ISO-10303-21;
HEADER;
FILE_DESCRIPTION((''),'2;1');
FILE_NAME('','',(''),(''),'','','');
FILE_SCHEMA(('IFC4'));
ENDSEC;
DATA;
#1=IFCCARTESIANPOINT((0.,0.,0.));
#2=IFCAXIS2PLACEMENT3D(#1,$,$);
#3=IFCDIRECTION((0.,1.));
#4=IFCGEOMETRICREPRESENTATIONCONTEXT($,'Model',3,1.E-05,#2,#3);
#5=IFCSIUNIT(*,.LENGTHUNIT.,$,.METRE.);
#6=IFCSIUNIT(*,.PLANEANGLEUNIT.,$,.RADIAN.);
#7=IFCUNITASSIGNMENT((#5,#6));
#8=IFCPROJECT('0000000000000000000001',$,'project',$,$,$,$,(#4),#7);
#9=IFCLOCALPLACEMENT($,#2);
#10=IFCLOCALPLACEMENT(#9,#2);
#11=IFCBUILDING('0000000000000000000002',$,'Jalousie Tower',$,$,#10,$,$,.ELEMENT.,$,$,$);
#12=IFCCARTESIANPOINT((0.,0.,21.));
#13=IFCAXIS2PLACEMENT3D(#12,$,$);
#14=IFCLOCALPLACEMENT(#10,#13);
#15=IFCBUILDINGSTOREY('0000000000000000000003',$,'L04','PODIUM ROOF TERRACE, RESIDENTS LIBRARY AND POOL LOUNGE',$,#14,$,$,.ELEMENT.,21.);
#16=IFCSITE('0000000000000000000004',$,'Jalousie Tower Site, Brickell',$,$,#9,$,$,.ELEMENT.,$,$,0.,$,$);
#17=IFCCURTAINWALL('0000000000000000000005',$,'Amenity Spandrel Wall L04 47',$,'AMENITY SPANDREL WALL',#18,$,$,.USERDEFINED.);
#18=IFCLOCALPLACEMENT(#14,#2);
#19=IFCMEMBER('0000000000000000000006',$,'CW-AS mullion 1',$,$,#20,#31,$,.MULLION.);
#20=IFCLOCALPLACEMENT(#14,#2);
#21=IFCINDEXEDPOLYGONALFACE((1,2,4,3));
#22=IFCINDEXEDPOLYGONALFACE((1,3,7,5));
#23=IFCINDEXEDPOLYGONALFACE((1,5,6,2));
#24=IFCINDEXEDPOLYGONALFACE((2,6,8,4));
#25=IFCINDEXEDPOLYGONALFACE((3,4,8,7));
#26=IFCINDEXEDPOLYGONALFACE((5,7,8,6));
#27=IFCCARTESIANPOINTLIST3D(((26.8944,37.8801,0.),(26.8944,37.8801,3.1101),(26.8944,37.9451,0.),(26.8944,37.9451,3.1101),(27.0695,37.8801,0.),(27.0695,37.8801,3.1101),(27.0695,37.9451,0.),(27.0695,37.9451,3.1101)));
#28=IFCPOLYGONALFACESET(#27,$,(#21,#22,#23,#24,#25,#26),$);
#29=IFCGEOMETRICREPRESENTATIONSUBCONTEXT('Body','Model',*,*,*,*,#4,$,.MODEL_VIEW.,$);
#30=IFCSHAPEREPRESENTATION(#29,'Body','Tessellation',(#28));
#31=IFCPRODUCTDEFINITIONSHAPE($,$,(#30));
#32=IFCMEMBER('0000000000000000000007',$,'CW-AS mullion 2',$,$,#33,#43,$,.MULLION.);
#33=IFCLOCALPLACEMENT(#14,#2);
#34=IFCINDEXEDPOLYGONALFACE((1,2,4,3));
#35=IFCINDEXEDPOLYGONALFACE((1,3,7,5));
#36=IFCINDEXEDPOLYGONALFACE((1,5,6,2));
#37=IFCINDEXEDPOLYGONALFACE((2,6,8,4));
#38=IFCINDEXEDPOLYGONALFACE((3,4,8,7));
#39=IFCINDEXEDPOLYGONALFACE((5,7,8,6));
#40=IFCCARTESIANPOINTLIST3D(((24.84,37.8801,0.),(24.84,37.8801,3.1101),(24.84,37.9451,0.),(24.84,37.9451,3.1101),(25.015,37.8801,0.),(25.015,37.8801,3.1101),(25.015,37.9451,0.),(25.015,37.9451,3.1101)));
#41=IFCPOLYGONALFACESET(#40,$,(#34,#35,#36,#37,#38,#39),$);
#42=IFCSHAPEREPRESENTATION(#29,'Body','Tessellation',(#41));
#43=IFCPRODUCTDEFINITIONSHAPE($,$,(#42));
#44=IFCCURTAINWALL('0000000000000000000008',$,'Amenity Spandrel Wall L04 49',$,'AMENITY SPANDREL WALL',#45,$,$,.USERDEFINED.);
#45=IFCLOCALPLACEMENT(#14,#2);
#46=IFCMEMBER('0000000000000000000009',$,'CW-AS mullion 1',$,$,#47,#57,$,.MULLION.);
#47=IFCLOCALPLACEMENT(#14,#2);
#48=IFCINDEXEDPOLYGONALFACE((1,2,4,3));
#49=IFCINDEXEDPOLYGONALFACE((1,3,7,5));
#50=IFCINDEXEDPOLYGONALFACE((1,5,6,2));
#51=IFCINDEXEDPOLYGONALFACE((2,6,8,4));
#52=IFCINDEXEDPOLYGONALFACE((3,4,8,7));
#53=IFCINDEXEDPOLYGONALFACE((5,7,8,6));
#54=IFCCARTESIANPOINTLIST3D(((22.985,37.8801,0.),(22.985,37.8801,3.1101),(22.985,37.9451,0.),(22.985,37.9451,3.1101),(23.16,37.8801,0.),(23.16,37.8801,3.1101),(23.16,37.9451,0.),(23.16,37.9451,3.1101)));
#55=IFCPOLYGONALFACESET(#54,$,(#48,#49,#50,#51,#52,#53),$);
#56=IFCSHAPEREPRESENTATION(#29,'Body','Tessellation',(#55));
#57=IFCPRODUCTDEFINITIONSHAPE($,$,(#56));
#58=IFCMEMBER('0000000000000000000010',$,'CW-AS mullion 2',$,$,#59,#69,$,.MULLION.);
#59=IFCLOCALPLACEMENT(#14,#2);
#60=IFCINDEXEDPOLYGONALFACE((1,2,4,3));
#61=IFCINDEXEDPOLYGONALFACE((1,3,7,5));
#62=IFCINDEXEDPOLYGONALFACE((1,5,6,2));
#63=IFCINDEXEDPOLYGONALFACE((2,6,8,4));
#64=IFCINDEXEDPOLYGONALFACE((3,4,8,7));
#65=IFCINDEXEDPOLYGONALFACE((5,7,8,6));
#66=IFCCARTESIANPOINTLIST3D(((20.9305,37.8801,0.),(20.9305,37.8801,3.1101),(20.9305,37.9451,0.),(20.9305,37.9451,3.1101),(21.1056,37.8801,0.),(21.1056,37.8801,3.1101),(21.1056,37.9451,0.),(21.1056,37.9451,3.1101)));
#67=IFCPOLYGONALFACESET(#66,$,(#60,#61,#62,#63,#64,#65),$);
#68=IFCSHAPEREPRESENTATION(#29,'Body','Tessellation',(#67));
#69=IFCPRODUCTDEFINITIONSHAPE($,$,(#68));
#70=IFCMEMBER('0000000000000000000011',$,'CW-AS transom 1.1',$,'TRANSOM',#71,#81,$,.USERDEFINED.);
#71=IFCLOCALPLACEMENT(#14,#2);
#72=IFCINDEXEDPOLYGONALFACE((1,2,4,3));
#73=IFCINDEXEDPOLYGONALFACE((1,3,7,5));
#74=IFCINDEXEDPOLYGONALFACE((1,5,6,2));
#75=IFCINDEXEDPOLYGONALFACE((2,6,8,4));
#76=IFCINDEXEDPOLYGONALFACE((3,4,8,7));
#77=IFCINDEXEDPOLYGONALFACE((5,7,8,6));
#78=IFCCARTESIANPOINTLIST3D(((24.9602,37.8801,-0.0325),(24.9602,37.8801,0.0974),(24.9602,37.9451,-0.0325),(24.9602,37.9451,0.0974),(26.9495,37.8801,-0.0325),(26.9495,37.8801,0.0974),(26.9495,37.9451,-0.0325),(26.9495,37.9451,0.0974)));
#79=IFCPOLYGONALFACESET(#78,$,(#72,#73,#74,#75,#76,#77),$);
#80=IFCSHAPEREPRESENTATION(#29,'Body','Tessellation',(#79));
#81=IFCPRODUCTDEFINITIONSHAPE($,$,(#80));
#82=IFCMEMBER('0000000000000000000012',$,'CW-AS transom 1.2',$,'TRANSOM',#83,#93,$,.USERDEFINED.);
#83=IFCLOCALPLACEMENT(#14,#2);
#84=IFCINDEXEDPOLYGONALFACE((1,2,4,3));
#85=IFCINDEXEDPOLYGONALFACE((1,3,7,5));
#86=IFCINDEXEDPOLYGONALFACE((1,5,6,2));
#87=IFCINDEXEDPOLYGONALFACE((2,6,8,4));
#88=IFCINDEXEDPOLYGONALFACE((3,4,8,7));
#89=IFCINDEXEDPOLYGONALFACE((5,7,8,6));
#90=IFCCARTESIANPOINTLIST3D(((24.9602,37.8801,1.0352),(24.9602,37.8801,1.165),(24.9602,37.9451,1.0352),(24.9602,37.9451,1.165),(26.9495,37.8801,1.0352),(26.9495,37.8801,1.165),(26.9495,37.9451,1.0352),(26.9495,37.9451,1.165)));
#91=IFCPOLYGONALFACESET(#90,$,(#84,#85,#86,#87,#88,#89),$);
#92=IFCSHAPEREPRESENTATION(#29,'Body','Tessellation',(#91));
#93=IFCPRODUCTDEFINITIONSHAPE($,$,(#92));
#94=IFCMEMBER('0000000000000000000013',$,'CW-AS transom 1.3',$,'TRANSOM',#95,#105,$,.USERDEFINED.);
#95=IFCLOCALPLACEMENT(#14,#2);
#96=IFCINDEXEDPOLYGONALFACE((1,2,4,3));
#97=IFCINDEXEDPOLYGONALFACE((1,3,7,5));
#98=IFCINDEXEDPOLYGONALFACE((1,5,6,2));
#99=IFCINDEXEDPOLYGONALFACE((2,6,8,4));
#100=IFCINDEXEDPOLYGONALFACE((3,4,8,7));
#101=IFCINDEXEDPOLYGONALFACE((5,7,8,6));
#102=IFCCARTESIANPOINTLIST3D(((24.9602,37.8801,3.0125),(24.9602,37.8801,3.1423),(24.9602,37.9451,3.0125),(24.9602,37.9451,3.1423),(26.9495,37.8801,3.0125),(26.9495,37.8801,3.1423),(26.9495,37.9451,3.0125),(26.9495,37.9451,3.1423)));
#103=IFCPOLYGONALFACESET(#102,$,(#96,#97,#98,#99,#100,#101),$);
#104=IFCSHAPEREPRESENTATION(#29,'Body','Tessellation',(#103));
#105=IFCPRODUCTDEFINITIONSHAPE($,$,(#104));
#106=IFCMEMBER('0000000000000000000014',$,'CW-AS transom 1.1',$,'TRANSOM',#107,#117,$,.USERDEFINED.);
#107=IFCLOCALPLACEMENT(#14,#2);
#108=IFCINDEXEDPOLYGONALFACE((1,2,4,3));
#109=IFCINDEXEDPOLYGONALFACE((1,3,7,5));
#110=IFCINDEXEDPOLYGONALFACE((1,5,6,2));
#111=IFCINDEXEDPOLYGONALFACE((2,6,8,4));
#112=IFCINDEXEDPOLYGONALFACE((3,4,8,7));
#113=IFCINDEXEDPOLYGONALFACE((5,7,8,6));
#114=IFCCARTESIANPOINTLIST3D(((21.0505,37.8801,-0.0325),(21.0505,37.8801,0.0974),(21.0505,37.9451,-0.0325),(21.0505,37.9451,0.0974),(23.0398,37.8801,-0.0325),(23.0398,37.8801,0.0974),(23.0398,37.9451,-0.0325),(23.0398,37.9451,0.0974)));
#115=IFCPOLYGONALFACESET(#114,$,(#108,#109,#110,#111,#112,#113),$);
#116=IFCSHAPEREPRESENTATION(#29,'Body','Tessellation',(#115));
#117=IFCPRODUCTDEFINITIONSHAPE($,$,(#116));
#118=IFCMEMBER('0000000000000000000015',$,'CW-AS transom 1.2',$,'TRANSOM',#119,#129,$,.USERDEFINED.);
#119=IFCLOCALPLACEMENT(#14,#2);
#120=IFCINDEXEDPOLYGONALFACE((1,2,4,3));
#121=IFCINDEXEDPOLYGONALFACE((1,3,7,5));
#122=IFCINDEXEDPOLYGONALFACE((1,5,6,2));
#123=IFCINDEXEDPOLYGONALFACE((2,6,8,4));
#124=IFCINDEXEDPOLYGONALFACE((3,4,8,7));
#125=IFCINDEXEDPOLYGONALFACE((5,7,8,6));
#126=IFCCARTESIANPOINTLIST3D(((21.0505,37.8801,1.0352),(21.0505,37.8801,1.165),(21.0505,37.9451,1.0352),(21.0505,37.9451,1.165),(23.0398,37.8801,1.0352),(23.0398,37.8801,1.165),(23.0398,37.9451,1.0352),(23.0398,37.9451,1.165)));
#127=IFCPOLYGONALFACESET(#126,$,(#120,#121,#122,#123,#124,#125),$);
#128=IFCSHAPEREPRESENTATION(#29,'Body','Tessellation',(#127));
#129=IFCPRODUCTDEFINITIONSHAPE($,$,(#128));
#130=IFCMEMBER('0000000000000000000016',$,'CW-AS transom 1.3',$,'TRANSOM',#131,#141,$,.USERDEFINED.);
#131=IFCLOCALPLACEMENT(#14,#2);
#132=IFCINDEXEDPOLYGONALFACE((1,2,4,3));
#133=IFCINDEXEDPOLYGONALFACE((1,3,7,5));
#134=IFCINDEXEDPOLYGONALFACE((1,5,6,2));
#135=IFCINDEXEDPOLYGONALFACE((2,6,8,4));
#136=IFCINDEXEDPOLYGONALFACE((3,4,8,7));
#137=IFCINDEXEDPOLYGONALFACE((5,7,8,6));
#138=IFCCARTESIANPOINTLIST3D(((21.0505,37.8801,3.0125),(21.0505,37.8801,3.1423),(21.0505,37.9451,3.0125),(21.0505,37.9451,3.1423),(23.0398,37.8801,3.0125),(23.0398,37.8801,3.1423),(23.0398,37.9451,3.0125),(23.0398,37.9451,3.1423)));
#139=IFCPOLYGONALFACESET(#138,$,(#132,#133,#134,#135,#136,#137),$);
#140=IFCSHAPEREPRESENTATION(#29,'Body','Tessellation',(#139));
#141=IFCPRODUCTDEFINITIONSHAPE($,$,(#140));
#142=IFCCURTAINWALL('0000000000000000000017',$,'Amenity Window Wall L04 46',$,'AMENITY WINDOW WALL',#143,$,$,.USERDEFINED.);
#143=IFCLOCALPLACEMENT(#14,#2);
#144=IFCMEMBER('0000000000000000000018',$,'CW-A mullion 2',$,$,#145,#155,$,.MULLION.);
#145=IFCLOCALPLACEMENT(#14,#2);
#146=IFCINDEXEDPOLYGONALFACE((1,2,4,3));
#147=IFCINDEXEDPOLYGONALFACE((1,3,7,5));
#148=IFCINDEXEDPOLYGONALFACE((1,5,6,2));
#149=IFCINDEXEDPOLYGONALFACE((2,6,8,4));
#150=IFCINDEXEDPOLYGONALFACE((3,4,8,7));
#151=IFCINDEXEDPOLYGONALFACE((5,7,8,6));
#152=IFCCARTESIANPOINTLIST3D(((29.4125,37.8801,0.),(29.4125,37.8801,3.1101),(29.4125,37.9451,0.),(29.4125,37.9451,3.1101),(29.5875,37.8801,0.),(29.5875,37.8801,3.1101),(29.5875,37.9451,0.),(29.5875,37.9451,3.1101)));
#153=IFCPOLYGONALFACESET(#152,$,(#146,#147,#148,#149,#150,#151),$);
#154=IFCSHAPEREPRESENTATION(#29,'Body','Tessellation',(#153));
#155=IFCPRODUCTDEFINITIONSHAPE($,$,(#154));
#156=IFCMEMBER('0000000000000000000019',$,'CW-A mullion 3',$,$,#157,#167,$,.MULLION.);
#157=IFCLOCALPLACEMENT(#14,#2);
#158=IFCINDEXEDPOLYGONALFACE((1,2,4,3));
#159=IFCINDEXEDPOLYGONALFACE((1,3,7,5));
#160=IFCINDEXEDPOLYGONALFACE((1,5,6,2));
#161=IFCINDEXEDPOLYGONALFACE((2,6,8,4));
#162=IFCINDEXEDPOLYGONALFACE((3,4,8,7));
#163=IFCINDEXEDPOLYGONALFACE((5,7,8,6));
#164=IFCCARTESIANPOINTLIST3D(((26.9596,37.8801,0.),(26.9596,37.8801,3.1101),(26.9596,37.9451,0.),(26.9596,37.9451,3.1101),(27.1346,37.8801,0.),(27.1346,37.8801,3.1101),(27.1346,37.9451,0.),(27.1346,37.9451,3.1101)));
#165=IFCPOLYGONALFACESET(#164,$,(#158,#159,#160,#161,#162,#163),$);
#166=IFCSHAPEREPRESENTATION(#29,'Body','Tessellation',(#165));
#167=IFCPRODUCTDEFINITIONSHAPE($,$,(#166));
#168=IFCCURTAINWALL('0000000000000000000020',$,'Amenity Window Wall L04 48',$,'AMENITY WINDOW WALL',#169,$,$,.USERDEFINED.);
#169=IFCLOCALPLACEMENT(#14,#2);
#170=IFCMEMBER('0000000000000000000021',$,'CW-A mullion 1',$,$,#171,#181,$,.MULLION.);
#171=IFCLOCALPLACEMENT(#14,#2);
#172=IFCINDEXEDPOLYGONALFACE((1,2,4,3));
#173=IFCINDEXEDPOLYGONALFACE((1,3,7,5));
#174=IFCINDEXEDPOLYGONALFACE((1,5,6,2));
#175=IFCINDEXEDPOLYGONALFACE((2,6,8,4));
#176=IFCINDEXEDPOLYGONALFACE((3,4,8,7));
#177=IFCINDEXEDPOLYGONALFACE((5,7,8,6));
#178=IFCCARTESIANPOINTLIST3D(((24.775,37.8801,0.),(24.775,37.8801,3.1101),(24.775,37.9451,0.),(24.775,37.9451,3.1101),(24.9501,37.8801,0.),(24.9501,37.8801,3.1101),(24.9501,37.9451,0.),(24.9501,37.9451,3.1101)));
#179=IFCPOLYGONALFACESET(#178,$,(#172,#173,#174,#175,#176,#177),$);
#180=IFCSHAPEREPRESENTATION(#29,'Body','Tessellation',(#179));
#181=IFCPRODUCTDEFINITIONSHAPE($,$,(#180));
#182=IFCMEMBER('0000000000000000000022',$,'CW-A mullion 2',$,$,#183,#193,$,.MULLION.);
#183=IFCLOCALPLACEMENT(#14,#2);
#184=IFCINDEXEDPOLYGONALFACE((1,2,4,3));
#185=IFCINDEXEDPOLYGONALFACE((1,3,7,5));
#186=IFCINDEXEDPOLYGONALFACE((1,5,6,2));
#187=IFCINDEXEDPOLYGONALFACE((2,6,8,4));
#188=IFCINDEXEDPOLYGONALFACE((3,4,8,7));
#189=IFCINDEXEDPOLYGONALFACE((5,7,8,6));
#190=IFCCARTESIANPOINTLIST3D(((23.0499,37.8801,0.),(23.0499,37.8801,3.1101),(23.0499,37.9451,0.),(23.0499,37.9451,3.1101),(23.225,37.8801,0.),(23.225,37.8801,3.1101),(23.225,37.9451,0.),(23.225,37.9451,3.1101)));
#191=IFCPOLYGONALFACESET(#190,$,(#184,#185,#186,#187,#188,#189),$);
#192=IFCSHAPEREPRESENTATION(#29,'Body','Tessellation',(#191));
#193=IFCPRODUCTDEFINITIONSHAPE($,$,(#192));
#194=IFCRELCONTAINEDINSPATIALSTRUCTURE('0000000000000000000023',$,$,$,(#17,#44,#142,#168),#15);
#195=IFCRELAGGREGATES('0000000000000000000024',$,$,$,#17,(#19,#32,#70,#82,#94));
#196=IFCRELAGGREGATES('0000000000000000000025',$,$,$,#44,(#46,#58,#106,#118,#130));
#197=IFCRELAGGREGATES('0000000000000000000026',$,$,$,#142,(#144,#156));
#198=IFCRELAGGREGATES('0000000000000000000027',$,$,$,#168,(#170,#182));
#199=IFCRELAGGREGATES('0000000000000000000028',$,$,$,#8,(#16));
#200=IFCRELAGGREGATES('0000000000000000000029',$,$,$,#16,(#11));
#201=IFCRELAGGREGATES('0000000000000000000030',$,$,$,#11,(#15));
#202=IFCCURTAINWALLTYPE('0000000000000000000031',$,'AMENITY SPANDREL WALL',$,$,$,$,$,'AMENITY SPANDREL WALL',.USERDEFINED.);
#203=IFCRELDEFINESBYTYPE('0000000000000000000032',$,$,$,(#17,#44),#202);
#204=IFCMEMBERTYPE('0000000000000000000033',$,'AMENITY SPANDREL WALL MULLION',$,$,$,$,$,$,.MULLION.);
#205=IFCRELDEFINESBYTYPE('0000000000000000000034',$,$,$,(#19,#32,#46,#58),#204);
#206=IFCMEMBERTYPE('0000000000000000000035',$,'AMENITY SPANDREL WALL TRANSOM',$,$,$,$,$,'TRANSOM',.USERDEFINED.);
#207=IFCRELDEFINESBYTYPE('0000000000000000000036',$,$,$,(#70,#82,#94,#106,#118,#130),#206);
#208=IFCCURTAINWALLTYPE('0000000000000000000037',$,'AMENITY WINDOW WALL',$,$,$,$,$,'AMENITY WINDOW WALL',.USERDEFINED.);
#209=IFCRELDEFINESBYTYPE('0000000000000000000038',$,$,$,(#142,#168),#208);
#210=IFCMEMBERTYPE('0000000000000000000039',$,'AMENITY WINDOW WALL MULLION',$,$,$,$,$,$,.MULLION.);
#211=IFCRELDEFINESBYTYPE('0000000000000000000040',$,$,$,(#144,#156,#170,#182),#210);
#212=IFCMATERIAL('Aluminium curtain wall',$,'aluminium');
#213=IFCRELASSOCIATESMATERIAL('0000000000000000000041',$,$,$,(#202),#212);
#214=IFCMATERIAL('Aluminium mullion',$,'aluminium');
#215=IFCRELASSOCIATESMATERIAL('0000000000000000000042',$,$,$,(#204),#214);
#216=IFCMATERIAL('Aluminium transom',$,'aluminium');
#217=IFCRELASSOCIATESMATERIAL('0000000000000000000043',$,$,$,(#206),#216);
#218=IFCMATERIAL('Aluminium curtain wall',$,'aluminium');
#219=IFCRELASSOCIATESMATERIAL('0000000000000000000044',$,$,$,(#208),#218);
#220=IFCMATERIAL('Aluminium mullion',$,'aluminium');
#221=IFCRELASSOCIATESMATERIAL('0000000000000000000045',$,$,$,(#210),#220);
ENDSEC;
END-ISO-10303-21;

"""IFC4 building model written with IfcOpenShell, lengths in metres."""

from ifc_helpers import new_model, si_unit, direction, frame, origin, origin_2d, place, context, subcontext, project, spatial, rectangle, extrude, material, material_profile, profile_set, type_object, element, aggregate, save


model = new_model("IFC4")

# Units and contexts
model_context = context("Model", 3, precision=1e-05, world=origin(), true_north=direction((0.0, 1.0)))
body_context = subcontext(model_context, "Body", "Model", "MODEL_VIEW")
ifc_project = project(units=[si_unit("LENGTHUNIT", "METRE"), si_unit("PLANEANGLEUNIT", "RADIAN")], contexts=[model_context])

# Site, building, storey
site_placement = place(None, origin())
site = spatial("IfcSite", under=ifc_project, at=site_placement, Name="Jalousie Tower Site, Brickell", CompositionType="ELEMENT", RefElevation=0.0)
building_placement = place(site_placement, origin())
building = spatial("IfcBuilding", under=site, at=building_placement, Name="Jalousie Tower", CompositionType="ELEMENT")
storey_placement = place(building_placement, frame((0.0, 0.0, 21.0)))
storey = spatial("IfcBuildingStorey", under=building, at=storey_placement, Name="L04", Description="PODIUM ROOF TERRACE, RESIDENTS LIBRARY AND POOL LOUNGE", CompositionType="ELEMENT", Elevation=21.0)

# Curtain walls, members
ifc_material_1 = material(Name="Aluminium curtain wall", Category="aluminium")
curtain_wall_type_1 = type_object("IfcCurtainWallType", Name="AMENITY SPANDREL WALL", ElementType="AMENITY SPANDREL WALL", PredefinedType="USERDEFINED", material=ifc_material_1)
curtain_wall_1_placement = place(storey_placement, origin())
curtain_wall_1 = element("IfcCurtainWall", 1, at=curtain_wall_1_placement, inside=storey, type_object=curtain_wall_type_1, Name="Amenity Spandrel Wall L04 47", ObjectType="AMENITY SPANDREL WALL", PredefinedType="USERDEFINED")
ifc_material_2 = material(Name="Aluminium mullion", Category="aluminium")
ifc_material_profile_1 = material_profile(ifc_material_2, rectangle(XDim=0.0649, YDim=0.175, at=origin_2d()), Name="MULLION 65x175")
ifc_profile_set_1 = profile_set([ifc_material_profile_1], Name="Aluminium mullion")
member_type_1 = type_object("IfcMemberType", Name="AMENITY SPANDREL WALL MULLION", PredefinedType="MULLION", material=ifc_profile_set_1)
member_1_placement = place(storey_placement, frame((26.9819, 37.9126, 0.0), z_axis=(0.0, 0.0, 1.0), x_axis=(0.0, -1.0, 0.0)))
member_1 = element("IfcMember", 2, at=member_1_placement, type_object=member_type_1, Name="CW-AS mullion 1", PredefinedType="MULLION", context=body_context, shape_type="SweptSolid", body=[
    extrude(rectangle(XDim=0.0649, YDim=0.175, at=origin_2d()), origin(), (0.0, 0.0, 1.0), 3.1101),
])
member_2_placement = place(storey_placement, frame((24.9275, 37.9126, 0.0), z_axis=(0.0, 0.0, 1.0), x_axis=(0.0, -1.0, 0.0)))
member_2 = element("IfcMember", 3, at=member_2_placement, type_object=member_type_1, Name="CW-AS mullion 2", PredefinedType="MULLION", context=body_context, shape_type="SweptSolid", body=[
    extrude(rectangle(XDim=0.0649, YDim=0.175, at=origin_2d()), origin(), (0.0, 0.0, 1.0), 3.1101),
])
curtain_wall_2_placement = place(storey_placement, origin())
curtain_wall_2 = element("IfcCurtainWall", 4, at=curtain_wall_2_placement, inside=storey, type_object=curtain_wall_type_1, Name="Amenity Spandrel Wall L04 49", ObjectType="AMENITY SPANDREL WALL", PredefinedType="USERDEFINED")
member_3_placement = place(storey_placement, frame((23.0725, 37.9126, 0.0), z_axis=(0.0, 0.0, 1.0), x_axis=(0.0, -1.0, 0.0)))
member_3 = element("IfcMember", 5, at=member_3_placement, type_object=member_type_1, Name="CW-AS mullion 1", PredefinedType="MULLION", context=body_context, shape_type="SweptSolid", body=[
    extrude(rectangle(XDim=0.0649, YDim=0.175, at=origin_2d()), origin(), (0.0, 0.0, 1.0), 3.1101),
])
member_4_placement = place(storey_placement, frame((21.0181, 37.9126, 0.0), z_axis=(0.0, 0.0, 1.0), x_axis=(0.0, -1.0, 0.0)))
member_4 = element("IfcMember", 6, at=member_4_placement, type_object=member_type_1, Name="CW-AS mullion 2", PredefinedType="MULLION", context=body_context, shape_type="SweptSolid", body=[
    extrude(rectangle(XDim=0.0649, YDim=0.175, at=origin_2d()), origin(), (0.0, 0.0, 1.0), 3.1101),
])

# Members
ifc_material_3 = material(Name="Aluminium transom", Category="aluminium")
ifc_material_profile_2 = material_profile(ifc_material_3, rectangle(XDim=0.0649, YDim=0.1299, at=origin_2d()), Name="TRANSOM 65x130")
ifc_profile_set_2 = profile_set([ifc_material_profile_2], Name="Aluminium transom")
member_type_2 = type_object("IfcMemberType", Name="AMENITY SPANDREL WALL TRANSOM", ElementType="TRANSOM", PredefinedType="USERDEFINED", material=ifc_profile_set_2)
member_5_placement = place(storey_placement, frame((26.9495, 37.9126, 0.0325), z_axis=(-1.0, 0.0, 0.0), x_axis=(0.0, -1.0, 0.0)))
member_5 = element("IfcMember", 7, at=member_5_placement, type_object=member_type_2, Name="CW-AS transom 1.1", ObjectType="TRANSOM", PredefinedType="USERDEFINED", context=body_context, shape_type="SweptSolid", body=[
    extrude(rectangle(XDim=0.0649, YDim=0.1299, at=origin_2d()), origin(), (0.0, 0.0, 1.0), 1.9893),
])
member_6_placement = place(storey_placement, frame((26.9495, 37.9126, 1.1001), z_axis=(-1.0, 0.0, 0.0), x_axis=(0.0, -1.0, 0.0)))
member_6 = element("IfcMember", 8, at=member_6_placement, type_object=member_type_2, Name="CW-AS transom 1.2", ObjectType="TRANSOM", PredefinedType="USERDEFINED", context=body_context, shape_type="SweptSolid", body=[
    extrude(rectangle(XDim=0.0649, YDim=0.1299, at=origin_2d()), origin(), (0.0, 0.0, 1.0), 1.9893),
])
member_7_placement = place(storey_placement, frame((26.9495, 37.9126, 3.0774), z_axis=(-1.0, 0.0, 0.0), x_axis=(0.0, -1.0, 0.0)))
member_7 = element("IfcMember", 9, at=member_7_placement, type_object=member_type_2, Name="CW-AS transom 1.3", ObjectType="TRANSOM", PredefinedType="USERDEFINED", context=body_context, shape_type="SweptSolid", body=[
    extrude(rectangle(XDim=0.0649, YDim=0.1299, at=origin_2d()), origin(), (0.0, 0.0, 1.0), 1.9893),
])
member_8_placement = place(storey_placement, frame((23.0398, 37.9126, 0.0325), z_axis=(-1.0, 0.0, 0.0), x_axis=(0.0, -1.0, 0.0)))
member_8 = element("IfcMember", 10, at=member_8_placement, type_object=member_type_2, Name="CW-AS transom 1.1", ObjectType="TRANSOM", PredefinedType="USERDEFINED", context=body_context, shape_type="SweptSolid", body=[
    extrude(rectangle(XDim=0.0649, YDim=0.1299, at=origin_2d()), origin(), (0.0, 0.0, 1.0), 1.9893),
])
member_9_placement = place(storey_placement, frame((23.0398, 37.9126, 1.1001), z_axis=(-1.0, 0.0, 0.0), x_axis=(0.0, -1.0, 0.0)))
member_9 = element("IfcMember", 11, at=member_9_placement, type_object=member_type_2, Name="CW-AS transom 1.2", ObjectType="TRANSOM", PredefinedType="USERDEFINED", context=body_context, shape_type="SweptSolid", body=[
    extrude(rectangle(XDim=0.0649, YDim=0.1299, at=origin_2d()), origin(), (0.0, 0.0, 1.0), 1.9893),
])
member_10_placement = place(storey_placement, frame((23.0398, 37.9126, 3.0774), z_axis=(-1.0, 0.0, 0.0), x_axis=(0.0, -1.0, 0.0)))
member_10 = element("IfcMember", 12, at=member_10_placement, type_object=member_type_2, Name="CW-AS transom 1.3", ObjectType="TRANSOM", PredefinedType="USERDEFINED", context=body_context, shape_type="SweptSolid", body=[
    extrude(rectangle(XDim=0.0649, YDim=0.1299, at=origin_2d()), origin(), (0.0, 0.0, 1.0), 1.9893),
])

# Curtain walls, members
ifc_material_4 = material(Name="Aluminium curtain wall", Category="aluminium")
curtain_wall_type_2 = type_object("IfcCurtainWallType", Name="AMENITY WINDOW WALL", ElementType="AMENITY WINDOW WALL", PredefinedType="USERDEFINED", material=ifc_material_4)
curtain_wall_3_placement = place(storey_placement, origin())
curtain_wall_3 = element("IfcCurtainWall", 13, at=curtain_wall_3_placement, inside=storey, type_object=curtain_wall_type_2, Name="Amenity Window Wall L04 46", ObjectType="AMENITY WINDOW WALL", PredefinedType="USERDEFINED")
ifc_material_5 = material(Name="Aluminium mullion", Category="aluminium")
ifc_material_profile_3 = material_profile(ifc_material_5, rectangle(XDim=0.0649, YDim=0.175, at=origin_2d()), Name="MULLION 65x175")
ifc_profile_set_3 = profile_set([ifc_material_profile_3], Name="Aluminium mullion")
member_type_3 = type_object("IfcMemberType", Name="AMENITY WINDOW WALL MULLION", PredefinedType="MULLION", material=ifc_profile_set_3)
member_11_placement = place(storey_placement, frame((29.5, 37.9126, 0.0), z_axis=(0.0, 0.0, 1.0), x_axis=(0.0, -1.0, 0.0)))
member_11 = element("IfcMember", 14, at=member_11_placement, type_object=member_type_3, Name="CW-A mullion 2", PredefinedType="MULLION", context=body_context, shape_type="SweptSolid", body=[
    extrude(rectangle(XDim=0.0649, YDim=0.175, at=origin_2d()), origin(), (0.0, 0.0, 1.0), 3.1101),
])
member_12_placement = place(storey_placement, frame((27.0471, 37.9126, 0.0), z_axis=(0.0, 0.0, 1.0), x_axis=(0.0, -1.0, 0.0)))
member_12 = element("IfcMember", 15, at=member_12_placement, type_object=member_type_3, Name="CW-A mullion 3", PredefinedType="MULLION", context=body_context, shape_type="SweptSolid", body=[
    extrude(rectangle(XDim=0.0649, YDim=0.175, at=origin_2d()), origin(), (0.0, 0.0, 1.0), 3.1101),
])
curtain_wall_4_placement = place(storey_placement, origin())
curtain_wall_4 = element("IfcCurtainWall", 16, at=curtain_wall_4_placement, inside=storey, type_object=curtain_wall_type_2, Name="Amenity Window Wall L04 48", ObjectType="AMENITY WINDOW WALL", PredefinedType="USERDEFINED")
member_13_placement = place(storey_placement, frame((24.8625, 37.9126, 0.0), z_axis=(0.0, 0.0, 1.0), x_axis=(0.0, -1.0, 0.0)))
member_13 = element("IfcMember", 17, at=member_13_placement, type_object=member_type_3, Name="CW-A mullion 1", PredefinedType="MULLION", context=body_context, shape_type="SweptSolid", body=[
    extrude(rectangle(XDim=0.0649, YDim=0.175, at=origin_2d()), origin(), (0.0, 0.0, 1.0), 3.1101),
])
member_14_placement = place(storey_placement, frame((23.1375, 37.9126, 0.0), z_axis=(0.0, 0.0, 1.0), x_axis=(0.0, -1.0, 0.0)))
member_14 = element("IfcMember", 18, at=member_14_placement, type_object=member_type_3, Name="CW-A mullion 2", PredefinedType="MULLION", context=body_context, shape_type="SweptSolid", body=[
    extrude(rectangle(XDim=0.0649, YDim=0.175, at=origin_2d()), origin(), (0.0, 0.0, 1.0), 3.1101),
])

aggregate(curtain_wall_1, [member_1, member_2, member_5, member_6, member_7])
aggregate(curtain_wall_2, [member_3, member_4, member_8, member_9, member_10])
aggregate(curtain_wall_3, [member_11, member_12])
aggregate(curtain_wall_4, [member_13, member_14])

save(model, "model.ifc")
